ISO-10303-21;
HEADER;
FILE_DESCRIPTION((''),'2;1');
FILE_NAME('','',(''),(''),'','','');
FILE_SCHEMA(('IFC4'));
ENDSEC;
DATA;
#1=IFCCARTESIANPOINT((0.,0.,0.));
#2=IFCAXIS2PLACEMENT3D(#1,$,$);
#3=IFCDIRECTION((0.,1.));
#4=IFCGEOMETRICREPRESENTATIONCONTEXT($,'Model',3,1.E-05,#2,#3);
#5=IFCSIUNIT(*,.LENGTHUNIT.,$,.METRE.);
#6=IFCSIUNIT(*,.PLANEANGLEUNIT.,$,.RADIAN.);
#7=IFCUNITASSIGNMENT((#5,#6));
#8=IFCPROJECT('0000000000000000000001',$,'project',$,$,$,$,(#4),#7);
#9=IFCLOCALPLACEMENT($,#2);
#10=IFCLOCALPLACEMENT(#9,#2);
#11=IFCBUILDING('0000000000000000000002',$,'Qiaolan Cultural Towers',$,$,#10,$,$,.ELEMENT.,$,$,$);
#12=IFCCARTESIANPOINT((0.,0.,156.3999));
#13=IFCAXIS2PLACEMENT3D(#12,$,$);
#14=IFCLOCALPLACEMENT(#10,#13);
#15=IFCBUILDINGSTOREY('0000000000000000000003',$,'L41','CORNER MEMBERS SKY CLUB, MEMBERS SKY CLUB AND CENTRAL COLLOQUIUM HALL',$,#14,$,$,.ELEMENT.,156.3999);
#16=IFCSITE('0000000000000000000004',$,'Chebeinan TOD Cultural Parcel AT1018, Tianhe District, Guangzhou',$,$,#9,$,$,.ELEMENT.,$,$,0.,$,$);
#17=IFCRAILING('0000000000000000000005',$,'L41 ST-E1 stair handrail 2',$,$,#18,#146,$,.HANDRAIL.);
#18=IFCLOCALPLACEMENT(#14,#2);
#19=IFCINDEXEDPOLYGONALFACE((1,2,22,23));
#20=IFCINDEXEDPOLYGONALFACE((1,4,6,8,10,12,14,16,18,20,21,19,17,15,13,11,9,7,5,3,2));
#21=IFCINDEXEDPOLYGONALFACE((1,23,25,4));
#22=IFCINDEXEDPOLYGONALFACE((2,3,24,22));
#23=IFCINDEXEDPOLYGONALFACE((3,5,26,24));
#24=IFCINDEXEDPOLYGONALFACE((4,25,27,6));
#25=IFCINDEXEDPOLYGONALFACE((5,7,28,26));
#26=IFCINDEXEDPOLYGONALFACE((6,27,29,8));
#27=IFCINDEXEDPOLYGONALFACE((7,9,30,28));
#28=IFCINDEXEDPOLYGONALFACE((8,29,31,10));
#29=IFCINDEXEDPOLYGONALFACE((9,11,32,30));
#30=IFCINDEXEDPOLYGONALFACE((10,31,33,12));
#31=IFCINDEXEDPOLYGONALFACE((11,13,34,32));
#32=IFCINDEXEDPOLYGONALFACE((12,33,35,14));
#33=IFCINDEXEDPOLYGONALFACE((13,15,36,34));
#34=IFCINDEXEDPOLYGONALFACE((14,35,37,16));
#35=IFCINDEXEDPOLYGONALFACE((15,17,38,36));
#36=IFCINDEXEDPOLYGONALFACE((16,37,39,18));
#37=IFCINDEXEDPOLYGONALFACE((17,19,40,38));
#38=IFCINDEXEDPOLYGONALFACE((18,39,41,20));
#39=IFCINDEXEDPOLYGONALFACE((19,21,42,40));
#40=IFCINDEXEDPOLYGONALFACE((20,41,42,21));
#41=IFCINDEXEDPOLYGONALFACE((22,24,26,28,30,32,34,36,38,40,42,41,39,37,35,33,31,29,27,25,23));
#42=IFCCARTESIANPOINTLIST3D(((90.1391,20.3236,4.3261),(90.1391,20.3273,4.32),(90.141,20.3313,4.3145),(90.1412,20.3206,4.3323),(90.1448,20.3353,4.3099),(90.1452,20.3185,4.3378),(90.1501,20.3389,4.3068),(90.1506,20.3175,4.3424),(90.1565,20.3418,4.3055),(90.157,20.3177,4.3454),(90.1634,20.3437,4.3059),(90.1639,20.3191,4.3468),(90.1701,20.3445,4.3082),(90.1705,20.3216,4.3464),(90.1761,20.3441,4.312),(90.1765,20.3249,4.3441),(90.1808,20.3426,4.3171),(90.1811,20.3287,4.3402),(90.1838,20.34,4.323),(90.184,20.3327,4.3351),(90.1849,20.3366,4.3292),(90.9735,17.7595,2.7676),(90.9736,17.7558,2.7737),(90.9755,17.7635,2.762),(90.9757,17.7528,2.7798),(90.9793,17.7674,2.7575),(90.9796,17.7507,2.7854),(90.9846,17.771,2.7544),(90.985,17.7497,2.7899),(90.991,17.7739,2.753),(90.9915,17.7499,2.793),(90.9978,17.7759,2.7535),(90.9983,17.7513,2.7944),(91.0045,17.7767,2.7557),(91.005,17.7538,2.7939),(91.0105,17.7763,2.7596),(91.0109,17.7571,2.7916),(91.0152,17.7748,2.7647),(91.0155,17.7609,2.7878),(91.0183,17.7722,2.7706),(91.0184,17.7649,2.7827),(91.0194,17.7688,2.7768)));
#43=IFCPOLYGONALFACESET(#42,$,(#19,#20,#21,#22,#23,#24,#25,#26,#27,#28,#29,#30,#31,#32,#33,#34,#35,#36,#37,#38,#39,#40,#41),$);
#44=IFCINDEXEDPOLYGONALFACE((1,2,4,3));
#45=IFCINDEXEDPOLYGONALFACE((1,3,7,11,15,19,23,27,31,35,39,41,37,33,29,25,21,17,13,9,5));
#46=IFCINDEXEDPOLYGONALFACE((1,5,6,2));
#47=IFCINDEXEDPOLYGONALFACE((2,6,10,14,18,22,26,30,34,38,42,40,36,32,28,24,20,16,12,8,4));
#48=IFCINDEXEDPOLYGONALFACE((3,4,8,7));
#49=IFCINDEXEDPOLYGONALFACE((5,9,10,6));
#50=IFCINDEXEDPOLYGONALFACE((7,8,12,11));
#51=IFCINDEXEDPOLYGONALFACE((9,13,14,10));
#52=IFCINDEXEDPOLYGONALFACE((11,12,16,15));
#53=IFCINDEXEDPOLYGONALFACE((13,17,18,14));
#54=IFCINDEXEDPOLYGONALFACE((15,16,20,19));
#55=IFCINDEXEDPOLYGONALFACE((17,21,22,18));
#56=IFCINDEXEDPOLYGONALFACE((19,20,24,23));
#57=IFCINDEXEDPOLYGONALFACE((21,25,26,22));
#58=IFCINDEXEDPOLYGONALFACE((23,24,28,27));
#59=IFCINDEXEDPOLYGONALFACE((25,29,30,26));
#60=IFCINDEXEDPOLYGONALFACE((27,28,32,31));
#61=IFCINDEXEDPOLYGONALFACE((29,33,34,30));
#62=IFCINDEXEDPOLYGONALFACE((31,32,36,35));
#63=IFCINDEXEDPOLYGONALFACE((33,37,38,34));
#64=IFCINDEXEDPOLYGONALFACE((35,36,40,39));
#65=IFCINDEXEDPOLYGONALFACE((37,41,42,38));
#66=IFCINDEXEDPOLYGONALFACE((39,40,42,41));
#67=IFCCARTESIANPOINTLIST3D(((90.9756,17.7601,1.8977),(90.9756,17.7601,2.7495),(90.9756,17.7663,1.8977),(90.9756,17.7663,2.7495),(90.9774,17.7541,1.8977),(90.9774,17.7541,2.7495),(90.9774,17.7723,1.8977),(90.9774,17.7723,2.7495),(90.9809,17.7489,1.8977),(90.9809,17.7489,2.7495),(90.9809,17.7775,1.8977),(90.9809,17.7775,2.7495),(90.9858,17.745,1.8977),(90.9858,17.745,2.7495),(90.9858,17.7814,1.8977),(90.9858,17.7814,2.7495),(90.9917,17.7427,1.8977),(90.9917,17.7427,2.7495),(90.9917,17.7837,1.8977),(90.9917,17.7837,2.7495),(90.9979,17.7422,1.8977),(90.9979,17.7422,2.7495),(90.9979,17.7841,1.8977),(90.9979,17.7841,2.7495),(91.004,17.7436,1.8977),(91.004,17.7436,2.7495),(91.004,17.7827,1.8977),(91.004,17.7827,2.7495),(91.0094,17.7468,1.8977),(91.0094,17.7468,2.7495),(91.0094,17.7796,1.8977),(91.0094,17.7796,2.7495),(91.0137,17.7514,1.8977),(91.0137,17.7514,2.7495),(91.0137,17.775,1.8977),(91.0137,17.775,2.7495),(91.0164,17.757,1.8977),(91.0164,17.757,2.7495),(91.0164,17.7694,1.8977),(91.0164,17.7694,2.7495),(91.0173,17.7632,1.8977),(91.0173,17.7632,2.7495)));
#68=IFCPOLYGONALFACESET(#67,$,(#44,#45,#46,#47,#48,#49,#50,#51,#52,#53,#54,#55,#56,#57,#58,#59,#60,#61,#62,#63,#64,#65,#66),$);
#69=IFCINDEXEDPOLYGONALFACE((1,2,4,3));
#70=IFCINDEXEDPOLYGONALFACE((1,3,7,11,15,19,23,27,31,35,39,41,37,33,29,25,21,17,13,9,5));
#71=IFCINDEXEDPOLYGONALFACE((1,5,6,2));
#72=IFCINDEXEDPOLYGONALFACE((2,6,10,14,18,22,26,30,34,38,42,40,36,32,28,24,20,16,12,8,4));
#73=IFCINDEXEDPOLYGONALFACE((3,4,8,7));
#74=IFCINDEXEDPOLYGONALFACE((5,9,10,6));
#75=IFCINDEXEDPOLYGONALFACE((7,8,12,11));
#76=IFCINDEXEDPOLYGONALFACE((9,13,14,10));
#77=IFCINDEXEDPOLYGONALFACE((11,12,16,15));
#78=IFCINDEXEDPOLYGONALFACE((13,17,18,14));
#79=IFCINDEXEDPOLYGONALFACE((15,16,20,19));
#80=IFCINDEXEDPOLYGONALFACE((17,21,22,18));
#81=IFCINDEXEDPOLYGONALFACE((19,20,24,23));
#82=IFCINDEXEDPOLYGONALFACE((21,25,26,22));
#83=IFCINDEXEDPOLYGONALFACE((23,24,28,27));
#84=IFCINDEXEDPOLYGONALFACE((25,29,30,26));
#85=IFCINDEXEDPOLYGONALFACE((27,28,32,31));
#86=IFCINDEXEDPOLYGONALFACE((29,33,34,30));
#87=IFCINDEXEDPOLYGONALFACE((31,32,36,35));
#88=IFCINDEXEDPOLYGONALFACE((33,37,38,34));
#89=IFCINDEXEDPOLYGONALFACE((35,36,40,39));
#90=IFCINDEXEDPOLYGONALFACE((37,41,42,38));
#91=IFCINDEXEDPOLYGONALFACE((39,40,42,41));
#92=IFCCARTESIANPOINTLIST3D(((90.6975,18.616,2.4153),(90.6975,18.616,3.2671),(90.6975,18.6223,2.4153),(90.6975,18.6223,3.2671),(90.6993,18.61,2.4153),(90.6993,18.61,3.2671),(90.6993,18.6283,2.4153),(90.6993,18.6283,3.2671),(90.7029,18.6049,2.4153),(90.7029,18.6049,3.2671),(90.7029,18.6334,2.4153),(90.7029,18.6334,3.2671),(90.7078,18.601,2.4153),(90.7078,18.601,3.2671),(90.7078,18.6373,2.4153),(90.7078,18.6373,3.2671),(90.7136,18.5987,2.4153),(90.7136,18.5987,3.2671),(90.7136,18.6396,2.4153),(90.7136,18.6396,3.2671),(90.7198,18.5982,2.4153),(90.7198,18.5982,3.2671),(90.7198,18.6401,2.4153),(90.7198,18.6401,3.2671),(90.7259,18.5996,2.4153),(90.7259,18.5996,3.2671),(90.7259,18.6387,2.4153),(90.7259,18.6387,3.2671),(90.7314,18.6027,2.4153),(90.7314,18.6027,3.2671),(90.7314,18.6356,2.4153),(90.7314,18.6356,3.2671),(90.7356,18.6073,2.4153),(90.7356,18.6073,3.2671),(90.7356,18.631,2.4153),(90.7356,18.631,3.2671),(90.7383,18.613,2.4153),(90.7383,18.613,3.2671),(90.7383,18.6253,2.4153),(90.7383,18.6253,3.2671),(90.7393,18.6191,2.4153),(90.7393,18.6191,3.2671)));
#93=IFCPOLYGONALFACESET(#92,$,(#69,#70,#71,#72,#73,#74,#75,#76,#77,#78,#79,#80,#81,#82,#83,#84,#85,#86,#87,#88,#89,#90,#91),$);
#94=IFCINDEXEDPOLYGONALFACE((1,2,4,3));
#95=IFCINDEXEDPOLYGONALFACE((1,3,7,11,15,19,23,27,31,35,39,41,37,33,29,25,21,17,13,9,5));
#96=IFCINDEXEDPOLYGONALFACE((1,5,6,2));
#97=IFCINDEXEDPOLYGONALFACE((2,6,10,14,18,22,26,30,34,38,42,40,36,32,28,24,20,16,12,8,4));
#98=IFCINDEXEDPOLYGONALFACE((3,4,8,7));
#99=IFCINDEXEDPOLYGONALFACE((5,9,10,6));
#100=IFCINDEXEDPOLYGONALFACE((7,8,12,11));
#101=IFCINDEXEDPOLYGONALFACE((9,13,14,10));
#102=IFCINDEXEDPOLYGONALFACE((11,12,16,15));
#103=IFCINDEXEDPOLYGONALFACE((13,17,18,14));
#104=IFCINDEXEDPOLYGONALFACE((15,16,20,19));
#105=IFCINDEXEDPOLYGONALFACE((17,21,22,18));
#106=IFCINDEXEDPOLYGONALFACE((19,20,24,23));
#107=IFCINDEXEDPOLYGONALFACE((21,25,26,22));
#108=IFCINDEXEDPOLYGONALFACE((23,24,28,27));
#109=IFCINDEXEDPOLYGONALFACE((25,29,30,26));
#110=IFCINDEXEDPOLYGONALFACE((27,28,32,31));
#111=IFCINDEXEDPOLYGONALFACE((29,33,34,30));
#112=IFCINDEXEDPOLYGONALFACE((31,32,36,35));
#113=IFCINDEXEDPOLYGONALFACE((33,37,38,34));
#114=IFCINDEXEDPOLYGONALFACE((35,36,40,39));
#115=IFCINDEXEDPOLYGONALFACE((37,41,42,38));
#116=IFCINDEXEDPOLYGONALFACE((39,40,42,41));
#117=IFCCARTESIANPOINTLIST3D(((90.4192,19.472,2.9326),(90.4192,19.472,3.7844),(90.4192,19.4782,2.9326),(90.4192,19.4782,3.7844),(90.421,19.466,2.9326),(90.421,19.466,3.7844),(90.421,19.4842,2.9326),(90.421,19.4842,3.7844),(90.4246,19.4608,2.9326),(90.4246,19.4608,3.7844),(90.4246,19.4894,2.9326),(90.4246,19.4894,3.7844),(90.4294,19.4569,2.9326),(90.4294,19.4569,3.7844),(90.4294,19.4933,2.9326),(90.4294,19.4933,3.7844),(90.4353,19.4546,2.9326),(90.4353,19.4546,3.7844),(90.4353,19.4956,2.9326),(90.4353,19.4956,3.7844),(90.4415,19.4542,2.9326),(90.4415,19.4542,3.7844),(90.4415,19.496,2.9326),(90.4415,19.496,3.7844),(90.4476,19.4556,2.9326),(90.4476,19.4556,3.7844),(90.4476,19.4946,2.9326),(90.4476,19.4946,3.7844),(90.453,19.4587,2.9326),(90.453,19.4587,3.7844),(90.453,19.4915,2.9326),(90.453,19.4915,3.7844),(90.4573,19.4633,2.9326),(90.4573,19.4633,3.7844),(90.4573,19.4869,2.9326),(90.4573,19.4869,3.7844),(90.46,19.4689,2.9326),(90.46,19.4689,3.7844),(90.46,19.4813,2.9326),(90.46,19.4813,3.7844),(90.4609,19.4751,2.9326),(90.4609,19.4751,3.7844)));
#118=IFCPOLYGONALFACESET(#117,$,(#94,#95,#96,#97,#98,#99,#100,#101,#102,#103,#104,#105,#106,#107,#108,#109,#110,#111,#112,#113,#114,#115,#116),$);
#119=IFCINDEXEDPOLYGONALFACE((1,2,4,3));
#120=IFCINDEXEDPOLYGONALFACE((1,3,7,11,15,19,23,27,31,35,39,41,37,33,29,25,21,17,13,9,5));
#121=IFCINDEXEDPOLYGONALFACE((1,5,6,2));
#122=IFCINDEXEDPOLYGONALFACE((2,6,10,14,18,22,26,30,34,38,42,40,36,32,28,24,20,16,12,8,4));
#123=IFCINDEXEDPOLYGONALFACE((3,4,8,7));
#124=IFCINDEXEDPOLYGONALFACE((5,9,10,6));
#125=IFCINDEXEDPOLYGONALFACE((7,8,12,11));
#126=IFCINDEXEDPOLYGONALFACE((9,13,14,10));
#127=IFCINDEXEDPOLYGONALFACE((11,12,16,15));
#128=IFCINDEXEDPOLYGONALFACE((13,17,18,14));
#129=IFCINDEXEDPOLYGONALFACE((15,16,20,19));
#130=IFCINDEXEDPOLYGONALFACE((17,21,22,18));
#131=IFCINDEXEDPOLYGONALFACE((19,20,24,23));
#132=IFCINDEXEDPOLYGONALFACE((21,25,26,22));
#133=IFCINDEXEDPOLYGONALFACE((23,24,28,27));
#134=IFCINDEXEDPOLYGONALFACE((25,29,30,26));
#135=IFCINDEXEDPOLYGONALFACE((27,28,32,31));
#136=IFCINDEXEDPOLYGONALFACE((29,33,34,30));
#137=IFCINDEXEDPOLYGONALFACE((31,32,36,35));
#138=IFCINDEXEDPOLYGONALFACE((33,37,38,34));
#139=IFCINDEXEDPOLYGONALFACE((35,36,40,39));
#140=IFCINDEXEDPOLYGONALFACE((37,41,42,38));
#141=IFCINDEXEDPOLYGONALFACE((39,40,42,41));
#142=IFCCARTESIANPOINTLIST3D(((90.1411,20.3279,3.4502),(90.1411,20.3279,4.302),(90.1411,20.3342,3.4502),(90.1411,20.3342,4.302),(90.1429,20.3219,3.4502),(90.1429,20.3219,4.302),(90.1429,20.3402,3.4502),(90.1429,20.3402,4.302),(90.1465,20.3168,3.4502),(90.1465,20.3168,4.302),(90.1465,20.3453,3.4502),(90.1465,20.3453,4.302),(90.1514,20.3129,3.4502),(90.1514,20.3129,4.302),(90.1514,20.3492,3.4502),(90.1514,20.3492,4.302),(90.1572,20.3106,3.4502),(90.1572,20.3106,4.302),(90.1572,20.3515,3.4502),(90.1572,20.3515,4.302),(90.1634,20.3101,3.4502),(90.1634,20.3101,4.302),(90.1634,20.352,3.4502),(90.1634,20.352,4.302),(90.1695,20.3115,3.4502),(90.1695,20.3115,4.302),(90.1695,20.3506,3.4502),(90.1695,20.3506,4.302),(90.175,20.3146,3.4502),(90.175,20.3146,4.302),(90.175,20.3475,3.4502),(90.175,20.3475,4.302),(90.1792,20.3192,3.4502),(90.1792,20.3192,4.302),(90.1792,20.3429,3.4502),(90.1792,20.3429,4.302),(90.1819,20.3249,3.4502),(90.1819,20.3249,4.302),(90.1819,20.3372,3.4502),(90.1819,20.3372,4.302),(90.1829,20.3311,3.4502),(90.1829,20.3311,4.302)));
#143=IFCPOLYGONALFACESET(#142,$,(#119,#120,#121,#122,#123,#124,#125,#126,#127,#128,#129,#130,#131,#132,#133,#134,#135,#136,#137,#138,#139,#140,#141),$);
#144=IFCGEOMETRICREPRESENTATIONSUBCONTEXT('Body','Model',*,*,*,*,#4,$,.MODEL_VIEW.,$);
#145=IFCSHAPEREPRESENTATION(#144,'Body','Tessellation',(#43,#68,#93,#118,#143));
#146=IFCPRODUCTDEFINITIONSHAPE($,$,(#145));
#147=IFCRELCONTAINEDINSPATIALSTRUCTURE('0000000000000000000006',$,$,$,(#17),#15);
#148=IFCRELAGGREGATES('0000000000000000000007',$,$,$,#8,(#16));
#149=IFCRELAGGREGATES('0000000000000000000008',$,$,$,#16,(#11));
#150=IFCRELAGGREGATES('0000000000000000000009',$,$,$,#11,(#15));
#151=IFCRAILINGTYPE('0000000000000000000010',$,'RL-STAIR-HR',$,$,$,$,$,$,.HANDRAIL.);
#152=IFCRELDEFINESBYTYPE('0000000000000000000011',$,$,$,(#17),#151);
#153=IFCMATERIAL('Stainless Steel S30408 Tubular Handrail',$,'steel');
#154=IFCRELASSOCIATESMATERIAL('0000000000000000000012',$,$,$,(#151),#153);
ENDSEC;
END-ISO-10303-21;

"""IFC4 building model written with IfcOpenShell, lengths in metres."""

from ifc_helpers import new_model, si_unit, direction, frame, origin, origin_2d, place, context, subcontext, project, spatial, circle, extrude, material, type_object, element, save


model = new_model("IFC4")

# Units and contexts
model_context = context("Model", 3, precision=1e-05, world=origin(), true_north=direction((0.0, 1.0)))
body_context = subcontext(model_context, "Body", "Model", "MODEL_VIEW")
ifc_project = project(units=[si_unit("LENGTHUNIT", "METRE"), si_unit("PLANEANGLEUNIT", "RADIAN")], contexts=[model_context])

# Site, building, storey
site_placement = place(None, origin())
site = spatial("IfcSite", under=ifc_project, at=site_placement, Name="Chebeinan TOD Cultural Parcel AT1018, Tianhe District, Guangzhou", CompositionType="ELEMENT", RefElevation=0.0)
building_placement = place(site_placement, origin())
building = spatial("IfcBuilding", under=site, at=building_placement, Name="Qiaolan Cultural Towers", CompositionType="ELEMENT")
storey_placement = place(building_placement, frame((0.0, 0.0, 156.3999)))
storey = spatial("IfcBuildingStorey", under=building, at=storey_placement, Name="L41", Description="CORNER MEMBERS SKY CLUB, MEMBERS SKY CLUB AND CENTRAL COLLOQUIUM HALL", CompositionType="ELEMENT", Elevation=156.3999)

# Railing
ifc_material_1 = material(Name="Stainless Steel S30408 Tubular Handrail", Category="steel")
railing_type = type_object("IfcRailingType", Name="RL-STAIR-HR", PredefinedType="HANDRAIL", material=ifc_material_1)
railing_placement = place(storey_placement, frame((90.9963, 17.7632, 1.8977)))
element("IfcRailing", 1, at=railing_placement, inside=storey, type_object=railing_type, Name="L41 ST-E1 stair handrail 2", PredefinedType="HANDRAIL", context=body_context, shape_type="SweptSolid", body=[
    extrude(circle(Radius=0.0239, at=origin_2d()), frame((0.0, 0.0, 0.876), z_axis=(-0.267926, 0.824471, 0.498461), x_axis=(-0.951043, -0.309057, 0.0)), (0.0, 0.0, 1.0), 3.1145),
    extrude(circle(Radius=0.021, at=origin_2d()), origin(), (0.0, 0.0, 1.0), 0.8518),
    extrude(circle(Radius=0.021, at=origin_2d()), frame((-0.2781, 0.856, 0.5176)), (0.0, 0.0, 1.0), 0.8518),
    extrude(circle(Radius=0.021, at=origin_2d()), frame((-0.5564, 1.7119, 1.0349)), (0.0, 0.0, 1.0), 0.8518),
    extrude(circle(Radius=0.021, at=origin_2d()), frame((-0.8345, 2.5679, 1.5525)), (0.0, 0.0, 1.0), 0.8518),
])

save(model, "model.ifc")
